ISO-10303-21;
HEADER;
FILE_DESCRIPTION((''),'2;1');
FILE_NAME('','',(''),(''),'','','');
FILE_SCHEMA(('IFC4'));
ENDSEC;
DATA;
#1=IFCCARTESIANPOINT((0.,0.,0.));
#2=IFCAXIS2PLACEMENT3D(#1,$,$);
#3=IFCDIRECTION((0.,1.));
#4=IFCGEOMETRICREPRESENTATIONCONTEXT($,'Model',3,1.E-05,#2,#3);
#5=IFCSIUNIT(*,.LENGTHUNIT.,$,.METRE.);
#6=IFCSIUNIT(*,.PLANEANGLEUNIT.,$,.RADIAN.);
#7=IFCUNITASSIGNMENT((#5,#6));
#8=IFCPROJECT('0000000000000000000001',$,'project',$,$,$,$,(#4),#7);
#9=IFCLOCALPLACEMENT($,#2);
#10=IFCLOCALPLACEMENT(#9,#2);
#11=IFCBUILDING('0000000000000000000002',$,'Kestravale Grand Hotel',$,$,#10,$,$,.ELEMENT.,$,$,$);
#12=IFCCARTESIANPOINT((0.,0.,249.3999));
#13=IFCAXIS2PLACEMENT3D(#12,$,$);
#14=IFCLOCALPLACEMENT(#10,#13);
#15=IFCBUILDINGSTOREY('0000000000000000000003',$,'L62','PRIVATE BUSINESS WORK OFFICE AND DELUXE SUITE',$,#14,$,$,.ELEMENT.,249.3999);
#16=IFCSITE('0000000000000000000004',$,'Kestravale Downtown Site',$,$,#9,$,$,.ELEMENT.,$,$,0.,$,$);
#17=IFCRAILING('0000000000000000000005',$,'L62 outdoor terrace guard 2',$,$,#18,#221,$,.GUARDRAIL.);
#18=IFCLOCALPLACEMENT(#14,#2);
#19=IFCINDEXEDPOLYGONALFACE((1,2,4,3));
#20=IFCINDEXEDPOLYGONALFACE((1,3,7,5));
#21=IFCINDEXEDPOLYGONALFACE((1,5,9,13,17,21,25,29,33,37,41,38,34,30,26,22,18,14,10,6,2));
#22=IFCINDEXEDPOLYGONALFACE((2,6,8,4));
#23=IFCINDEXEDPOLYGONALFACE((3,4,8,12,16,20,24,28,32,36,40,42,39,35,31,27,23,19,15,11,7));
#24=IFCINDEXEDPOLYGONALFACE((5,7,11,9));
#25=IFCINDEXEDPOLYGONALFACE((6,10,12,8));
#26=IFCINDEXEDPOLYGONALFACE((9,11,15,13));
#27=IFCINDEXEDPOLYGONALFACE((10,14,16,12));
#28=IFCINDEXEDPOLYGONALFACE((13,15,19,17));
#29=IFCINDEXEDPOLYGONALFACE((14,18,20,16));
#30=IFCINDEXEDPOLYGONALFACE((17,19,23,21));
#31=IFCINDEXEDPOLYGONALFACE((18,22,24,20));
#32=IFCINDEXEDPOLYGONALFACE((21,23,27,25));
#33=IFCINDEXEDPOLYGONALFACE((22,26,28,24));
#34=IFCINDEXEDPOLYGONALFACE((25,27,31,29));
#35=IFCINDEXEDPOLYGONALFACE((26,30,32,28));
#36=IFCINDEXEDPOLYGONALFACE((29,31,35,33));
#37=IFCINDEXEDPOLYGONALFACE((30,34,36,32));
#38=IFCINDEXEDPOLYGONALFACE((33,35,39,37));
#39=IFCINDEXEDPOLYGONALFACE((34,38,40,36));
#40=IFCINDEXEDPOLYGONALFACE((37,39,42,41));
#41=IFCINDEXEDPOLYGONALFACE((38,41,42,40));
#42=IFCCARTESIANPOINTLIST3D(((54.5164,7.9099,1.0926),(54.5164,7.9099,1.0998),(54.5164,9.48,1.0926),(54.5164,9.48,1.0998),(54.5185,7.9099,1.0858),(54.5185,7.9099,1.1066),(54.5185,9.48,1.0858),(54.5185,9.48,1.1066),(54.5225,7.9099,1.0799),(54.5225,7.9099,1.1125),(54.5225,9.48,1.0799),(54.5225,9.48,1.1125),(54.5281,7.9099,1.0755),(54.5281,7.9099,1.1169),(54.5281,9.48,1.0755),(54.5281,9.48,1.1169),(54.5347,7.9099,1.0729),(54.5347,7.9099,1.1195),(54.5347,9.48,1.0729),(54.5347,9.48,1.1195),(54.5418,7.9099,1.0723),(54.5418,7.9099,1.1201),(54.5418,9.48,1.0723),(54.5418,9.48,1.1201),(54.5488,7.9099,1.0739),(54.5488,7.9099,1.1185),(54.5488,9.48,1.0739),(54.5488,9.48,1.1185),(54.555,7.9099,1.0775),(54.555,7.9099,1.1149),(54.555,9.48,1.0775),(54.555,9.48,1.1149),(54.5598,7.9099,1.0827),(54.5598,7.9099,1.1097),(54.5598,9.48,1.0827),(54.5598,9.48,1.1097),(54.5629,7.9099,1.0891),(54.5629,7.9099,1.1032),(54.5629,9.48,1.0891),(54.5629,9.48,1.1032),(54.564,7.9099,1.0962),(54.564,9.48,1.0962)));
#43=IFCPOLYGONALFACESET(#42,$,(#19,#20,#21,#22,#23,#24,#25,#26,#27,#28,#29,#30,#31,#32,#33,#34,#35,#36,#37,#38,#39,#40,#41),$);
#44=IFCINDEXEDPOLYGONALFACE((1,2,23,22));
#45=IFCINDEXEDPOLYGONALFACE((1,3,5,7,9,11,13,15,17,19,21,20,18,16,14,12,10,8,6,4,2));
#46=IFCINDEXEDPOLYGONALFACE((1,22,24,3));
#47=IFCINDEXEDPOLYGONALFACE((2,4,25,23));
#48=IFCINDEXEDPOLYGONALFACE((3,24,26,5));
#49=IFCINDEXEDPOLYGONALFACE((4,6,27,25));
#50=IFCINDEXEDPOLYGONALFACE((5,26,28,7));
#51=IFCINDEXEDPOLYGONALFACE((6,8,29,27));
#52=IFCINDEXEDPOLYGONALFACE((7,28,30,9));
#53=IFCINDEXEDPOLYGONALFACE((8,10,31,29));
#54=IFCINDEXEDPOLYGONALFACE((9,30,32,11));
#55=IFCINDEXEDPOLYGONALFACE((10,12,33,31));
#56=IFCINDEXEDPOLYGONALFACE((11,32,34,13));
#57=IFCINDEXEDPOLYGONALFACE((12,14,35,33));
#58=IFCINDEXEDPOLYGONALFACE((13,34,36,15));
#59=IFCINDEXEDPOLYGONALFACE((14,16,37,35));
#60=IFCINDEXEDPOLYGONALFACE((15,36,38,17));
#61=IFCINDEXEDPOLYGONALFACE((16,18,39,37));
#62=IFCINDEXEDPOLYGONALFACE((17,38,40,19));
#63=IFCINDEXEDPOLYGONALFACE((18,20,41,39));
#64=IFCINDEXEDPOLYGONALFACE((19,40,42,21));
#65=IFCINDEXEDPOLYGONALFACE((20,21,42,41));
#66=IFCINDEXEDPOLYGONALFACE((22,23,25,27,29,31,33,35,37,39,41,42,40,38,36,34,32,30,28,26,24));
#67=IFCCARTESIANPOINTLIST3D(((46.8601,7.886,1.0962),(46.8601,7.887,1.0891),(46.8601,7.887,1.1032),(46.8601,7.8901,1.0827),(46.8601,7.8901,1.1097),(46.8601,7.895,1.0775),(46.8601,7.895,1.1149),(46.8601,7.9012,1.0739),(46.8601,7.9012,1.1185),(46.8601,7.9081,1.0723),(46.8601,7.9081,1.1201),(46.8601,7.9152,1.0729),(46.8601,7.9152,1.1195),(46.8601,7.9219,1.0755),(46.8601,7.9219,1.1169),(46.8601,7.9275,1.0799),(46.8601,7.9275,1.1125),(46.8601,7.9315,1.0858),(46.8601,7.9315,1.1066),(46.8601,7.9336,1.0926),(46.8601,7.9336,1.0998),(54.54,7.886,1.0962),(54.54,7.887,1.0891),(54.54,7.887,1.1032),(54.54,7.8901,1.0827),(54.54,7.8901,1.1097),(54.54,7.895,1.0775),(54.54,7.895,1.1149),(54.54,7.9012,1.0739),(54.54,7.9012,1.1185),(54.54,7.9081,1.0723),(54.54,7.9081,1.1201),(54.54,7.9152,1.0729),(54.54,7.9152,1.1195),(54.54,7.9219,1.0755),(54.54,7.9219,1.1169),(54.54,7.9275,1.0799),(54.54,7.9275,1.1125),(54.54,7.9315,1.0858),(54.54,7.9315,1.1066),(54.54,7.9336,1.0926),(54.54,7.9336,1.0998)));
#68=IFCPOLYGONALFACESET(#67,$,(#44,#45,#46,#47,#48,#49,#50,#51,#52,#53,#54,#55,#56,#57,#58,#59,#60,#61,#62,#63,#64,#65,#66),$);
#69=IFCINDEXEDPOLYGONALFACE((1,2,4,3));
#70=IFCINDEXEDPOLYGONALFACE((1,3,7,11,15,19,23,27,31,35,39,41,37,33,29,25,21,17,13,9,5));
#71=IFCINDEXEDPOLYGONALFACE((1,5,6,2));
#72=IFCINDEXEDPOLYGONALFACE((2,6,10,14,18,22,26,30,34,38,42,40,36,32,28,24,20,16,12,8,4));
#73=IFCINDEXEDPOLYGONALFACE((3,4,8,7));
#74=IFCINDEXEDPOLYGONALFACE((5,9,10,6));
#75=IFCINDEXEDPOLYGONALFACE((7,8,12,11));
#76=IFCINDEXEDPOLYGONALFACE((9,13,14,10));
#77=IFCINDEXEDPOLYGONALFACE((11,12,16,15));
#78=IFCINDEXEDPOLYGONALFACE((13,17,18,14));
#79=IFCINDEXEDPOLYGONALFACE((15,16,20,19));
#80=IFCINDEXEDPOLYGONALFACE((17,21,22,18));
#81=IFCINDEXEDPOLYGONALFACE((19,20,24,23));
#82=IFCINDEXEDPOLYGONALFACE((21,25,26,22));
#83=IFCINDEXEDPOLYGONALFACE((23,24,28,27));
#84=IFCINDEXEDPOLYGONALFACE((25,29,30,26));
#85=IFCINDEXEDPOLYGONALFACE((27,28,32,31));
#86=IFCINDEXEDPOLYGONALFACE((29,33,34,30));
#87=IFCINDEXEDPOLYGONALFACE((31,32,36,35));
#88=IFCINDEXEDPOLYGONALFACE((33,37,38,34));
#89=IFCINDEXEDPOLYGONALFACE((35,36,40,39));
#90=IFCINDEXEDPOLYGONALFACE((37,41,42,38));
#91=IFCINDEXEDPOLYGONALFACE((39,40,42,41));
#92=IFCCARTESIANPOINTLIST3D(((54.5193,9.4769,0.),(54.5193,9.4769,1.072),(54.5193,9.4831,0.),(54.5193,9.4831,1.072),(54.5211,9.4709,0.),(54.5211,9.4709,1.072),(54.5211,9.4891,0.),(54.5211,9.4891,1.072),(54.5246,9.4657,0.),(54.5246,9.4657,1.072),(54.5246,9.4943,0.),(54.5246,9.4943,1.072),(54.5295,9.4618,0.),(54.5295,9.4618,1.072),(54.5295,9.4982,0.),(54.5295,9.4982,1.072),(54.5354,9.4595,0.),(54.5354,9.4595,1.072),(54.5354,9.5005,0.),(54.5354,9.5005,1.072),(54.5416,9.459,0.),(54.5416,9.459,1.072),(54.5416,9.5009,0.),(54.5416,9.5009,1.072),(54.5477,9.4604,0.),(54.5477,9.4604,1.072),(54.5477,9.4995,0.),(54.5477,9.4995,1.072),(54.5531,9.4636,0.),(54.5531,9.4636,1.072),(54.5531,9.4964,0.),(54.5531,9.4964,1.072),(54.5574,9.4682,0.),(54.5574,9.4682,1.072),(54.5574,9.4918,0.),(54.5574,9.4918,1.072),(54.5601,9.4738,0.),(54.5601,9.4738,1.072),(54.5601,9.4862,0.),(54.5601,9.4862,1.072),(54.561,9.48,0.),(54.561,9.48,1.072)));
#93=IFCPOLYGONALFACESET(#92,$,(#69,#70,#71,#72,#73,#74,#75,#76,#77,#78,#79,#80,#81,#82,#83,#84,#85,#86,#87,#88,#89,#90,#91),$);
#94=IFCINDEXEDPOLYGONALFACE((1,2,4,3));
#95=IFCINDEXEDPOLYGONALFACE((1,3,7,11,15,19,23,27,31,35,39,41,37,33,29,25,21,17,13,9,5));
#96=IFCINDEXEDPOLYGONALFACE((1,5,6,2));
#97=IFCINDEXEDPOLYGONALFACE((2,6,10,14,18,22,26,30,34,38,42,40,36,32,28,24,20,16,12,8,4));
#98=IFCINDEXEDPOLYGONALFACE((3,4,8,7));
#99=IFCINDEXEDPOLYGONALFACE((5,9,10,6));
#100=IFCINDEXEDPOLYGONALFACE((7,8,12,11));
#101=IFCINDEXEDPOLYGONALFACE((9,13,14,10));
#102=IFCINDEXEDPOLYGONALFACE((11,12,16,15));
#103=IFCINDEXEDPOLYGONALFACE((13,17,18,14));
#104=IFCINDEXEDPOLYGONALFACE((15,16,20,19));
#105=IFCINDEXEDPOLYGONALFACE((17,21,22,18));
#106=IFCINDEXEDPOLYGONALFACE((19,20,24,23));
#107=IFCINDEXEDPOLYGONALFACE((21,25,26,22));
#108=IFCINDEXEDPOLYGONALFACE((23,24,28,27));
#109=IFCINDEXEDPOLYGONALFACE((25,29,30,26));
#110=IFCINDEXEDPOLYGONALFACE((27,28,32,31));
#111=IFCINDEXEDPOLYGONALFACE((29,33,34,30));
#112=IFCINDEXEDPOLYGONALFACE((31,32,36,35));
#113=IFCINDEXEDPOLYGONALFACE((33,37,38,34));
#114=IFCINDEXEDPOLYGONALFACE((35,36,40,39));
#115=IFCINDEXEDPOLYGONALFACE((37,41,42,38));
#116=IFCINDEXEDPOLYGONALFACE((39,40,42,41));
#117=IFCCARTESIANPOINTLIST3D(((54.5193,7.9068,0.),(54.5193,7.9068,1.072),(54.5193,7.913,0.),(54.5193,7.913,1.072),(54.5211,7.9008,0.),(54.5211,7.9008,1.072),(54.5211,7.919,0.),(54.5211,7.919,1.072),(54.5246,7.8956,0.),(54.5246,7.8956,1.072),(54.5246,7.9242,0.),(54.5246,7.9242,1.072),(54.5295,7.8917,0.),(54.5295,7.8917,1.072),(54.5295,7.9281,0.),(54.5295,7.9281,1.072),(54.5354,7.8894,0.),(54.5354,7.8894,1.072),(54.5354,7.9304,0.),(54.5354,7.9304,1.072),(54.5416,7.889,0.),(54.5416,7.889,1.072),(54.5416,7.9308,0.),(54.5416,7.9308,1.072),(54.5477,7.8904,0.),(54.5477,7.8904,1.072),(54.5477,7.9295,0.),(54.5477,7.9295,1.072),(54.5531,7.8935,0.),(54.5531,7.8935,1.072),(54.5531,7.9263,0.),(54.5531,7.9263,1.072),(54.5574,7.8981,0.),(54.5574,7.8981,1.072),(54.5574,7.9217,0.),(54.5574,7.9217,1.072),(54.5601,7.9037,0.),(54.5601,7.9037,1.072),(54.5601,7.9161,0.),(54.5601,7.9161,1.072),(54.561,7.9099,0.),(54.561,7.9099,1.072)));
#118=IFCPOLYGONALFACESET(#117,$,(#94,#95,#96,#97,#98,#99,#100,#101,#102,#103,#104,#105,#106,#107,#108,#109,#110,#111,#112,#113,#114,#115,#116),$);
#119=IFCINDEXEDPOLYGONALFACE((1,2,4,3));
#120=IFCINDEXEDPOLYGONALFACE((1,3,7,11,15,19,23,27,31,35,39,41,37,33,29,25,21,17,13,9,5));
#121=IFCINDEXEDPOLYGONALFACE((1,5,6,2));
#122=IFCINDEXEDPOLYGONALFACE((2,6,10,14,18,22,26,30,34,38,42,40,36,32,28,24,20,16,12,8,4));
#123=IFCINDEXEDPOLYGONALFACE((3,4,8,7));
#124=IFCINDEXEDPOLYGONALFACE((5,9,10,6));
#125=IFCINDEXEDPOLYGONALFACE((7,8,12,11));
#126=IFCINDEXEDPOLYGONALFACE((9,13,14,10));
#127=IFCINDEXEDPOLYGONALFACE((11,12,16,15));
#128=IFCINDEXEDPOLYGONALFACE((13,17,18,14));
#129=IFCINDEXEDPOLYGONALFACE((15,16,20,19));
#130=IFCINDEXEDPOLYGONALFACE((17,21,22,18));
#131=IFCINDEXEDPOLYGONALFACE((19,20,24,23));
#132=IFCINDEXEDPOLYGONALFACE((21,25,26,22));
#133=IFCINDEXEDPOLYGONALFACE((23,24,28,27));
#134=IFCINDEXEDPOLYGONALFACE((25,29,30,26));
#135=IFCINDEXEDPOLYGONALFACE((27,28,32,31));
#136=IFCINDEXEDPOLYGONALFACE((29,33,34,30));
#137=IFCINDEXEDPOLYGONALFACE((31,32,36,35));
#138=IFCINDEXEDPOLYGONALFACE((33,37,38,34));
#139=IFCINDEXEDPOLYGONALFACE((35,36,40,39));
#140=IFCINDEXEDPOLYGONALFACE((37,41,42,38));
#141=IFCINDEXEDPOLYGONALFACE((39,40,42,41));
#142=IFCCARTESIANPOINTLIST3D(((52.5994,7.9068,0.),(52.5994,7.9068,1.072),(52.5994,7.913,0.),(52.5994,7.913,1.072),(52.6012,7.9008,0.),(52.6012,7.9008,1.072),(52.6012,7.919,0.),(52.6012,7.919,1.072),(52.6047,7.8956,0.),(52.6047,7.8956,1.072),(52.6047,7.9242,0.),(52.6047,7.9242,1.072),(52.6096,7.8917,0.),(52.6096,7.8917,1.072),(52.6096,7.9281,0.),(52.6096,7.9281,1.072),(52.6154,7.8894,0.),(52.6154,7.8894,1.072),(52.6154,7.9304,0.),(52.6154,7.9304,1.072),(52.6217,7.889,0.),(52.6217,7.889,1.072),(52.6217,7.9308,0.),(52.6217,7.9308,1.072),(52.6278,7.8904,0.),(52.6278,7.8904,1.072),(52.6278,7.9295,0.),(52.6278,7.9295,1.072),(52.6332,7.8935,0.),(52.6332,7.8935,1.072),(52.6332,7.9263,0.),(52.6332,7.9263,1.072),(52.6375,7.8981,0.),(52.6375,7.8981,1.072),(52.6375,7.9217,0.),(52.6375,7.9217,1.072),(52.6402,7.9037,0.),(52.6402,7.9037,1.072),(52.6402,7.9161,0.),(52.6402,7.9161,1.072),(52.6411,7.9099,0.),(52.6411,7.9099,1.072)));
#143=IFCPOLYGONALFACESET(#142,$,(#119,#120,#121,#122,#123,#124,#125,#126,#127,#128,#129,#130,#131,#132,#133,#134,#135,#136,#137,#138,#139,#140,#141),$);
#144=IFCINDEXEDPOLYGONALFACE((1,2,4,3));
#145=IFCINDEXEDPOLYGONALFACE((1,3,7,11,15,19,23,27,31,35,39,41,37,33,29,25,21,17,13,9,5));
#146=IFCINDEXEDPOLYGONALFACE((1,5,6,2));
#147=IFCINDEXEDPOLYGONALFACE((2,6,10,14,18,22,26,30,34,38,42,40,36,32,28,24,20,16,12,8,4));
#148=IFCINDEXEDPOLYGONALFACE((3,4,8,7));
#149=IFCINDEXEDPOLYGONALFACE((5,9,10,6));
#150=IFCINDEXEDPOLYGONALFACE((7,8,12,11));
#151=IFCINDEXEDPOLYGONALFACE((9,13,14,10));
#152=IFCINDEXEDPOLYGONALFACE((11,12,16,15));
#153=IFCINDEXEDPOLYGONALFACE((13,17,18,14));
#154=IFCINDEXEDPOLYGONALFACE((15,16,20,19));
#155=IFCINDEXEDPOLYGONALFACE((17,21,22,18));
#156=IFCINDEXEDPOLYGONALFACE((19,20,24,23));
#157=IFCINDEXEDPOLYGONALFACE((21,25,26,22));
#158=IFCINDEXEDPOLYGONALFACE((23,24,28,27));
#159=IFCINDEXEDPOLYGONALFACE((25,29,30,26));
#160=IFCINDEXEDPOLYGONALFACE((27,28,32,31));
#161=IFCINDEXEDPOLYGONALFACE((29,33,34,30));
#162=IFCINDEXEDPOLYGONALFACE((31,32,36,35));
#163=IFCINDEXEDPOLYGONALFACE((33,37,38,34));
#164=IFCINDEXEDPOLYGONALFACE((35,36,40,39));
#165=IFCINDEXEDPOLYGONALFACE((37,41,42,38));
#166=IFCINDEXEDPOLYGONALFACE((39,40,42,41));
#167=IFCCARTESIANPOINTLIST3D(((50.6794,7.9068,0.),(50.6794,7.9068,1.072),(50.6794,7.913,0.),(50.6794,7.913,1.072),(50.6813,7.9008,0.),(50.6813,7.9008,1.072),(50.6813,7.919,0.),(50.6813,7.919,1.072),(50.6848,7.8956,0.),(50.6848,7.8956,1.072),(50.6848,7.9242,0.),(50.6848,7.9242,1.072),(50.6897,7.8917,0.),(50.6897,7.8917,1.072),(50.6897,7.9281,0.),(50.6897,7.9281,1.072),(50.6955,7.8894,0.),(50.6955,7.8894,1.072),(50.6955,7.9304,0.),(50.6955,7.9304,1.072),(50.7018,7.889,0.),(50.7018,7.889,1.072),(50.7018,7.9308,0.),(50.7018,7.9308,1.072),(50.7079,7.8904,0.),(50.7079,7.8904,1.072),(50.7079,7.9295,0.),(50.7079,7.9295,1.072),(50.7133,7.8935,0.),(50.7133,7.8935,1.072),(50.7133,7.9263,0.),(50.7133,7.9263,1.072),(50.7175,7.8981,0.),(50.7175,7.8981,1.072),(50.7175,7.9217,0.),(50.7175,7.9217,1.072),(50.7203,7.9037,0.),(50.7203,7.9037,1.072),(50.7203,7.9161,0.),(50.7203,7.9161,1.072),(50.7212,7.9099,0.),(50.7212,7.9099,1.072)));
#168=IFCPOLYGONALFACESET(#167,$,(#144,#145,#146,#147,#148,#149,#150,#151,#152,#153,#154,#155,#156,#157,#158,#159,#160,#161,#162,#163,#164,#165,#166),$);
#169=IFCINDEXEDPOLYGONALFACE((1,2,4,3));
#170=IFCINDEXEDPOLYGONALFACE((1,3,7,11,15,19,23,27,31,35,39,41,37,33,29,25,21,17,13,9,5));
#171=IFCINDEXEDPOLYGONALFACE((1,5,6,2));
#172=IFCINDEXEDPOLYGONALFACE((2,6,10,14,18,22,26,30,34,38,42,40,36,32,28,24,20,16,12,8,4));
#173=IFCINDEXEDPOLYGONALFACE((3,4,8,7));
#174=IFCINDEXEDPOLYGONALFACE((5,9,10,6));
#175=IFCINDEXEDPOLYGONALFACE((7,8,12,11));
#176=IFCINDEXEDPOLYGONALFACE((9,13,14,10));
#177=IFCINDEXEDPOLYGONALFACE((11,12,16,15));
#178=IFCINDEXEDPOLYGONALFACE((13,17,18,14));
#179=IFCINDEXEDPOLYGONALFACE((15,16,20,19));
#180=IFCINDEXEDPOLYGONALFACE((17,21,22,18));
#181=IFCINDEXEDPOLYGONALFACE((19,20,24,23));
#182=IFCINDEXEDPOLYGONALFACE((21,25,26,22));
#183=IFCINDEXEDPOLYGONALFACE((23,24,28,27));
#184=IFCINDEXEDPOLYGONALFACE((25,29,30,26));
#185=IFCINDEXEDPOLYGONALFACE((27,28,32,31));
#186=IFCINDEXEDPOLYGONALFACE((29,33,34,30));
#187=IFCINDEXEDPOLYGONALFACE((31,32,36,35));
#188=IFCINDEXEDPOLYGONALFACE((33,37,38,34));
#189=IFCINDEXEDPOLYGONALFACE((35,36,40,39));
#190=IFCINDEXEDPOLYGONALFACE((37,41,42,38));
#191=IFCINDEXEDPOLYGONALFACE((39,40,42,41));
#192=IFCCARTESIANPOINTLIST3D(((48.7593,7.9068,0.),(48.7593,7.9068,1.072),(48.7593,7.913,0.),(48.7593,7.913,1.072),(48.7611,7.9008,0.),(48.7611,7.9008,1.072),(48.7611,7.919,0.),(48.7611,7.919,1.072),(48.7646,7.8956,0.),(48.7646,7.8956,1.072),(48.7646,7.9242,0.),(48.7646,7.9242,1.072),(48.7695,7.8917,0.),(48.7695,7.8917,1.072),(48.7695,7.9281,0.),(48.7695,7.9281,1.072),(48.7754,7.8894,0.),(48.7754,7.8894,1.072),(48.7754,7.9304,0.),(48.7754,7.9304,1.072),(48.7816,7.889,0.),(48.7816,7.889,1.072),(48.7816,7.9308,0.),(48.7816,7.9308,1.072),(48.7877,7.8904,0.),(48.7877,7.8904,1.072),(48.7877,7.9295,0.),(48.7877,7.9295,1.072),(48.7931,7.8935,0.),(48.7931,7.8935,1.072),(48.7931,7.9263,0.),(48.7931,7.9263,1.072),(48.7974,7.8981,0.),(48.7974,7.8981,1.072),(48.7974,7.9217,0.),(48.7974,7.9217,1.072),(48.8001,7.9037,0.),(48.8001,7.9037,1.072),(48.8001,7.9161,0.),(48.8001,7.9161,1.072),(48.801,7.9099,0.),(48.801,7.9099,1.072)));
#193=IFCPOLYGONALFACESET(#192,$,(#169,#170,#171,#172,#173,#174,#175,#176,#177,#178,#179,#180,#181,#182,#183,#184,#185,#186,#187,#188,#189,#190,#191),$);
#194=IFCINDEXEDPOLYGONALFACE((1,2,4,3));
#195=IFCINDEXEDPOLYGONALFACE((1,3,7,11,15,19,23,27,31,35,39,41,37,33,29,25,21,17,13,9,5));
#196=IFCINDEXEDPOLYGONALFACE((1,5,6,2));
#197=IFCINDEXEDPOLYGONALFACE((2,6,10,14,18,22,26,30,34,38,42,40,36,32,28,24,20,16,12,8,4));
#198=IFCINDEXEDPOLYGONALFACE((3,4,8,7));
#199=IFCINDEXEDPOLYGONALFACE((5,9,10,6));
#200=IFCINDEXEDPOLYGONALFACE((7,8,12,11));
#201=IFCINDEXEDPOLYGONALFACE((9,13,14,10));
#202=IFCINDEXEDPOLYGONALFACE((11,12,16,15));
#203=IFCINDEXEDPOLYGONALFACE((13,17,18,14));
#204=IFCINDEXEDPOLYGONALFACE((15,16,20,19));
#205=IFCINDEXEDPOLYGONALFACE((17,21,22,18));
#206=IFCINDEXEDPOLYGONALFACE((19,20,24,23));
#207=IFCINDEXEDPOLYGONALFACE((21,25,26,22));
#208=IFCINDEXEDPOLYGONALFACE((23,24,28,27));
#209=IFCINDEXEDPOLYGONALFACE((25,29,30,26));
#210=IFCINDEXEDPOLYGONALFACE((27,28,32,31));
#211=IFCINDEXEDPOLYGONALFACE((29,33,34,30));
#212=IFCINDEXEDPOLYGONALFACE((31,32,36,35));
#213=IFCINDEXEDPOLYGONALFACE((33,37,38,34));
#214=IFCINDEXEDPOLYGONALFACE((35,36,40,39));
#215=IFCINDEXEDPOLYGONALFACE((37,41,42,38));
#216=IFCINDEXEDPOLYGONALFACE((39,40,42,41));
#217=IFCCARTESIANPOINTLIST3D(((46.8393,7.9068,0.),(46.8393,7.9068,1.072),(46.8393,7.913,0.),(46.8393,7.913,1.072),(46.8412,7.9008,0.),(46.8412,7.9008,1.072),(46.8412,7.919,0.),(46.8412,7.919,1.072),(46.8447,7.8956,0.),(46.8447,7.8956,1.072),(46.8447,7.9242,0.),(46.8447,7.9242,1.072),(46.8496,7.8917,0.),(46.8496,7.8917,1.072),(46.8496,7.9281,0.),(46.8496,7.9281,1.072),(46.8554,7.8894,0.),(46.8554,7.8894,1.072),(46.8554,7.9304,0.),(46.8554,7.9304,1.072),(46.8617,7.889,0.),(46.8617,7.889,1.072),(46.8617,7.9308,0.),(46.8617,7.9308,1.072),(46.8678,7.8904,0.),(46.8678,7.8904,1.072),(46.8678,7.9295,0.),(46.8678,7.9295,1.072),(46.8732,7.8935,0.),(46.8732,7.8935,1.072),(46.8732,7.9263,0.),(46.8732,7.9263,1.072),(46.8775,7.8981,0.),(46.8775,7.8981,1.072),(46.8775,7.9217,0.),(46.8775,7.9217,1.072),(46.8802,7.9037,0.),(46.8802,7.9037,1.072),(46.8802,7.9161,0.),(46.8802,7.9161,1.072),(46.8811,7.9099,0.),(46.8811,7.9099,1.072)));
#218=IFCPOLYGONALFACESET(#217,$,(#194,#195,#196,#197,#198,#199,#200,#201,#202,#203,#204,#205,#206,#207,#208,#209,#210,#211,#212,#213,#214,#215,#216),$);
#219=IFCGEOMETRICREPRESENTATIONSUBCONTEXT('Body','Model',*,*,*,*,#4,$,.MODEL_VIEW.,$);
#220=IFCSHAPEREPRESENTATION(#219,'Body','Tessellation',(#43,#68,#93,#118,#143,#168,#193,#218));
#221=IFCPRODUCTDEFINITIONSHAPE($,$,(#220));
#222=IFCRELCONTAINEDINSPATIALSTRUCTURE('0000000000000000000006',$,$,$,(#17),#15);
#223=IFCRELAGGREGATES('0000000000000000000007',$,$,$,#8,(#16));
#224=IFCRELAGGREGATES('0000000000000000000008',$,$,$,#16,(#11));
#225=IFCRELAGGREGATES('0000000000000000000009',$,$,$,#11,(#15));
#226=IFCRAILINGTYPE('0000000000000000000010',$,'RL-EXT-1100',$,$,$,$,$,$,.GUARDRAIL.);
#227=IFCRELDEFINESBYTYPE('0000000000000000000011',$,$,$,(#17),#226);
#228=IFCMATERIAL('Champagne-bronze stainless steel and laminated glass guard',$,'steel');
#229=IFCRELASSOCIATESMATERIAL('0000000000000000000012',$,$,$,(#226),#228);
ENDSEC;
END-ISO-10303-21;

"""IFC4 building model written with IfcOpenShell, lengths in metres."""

from ifc_helpers import new_model, si_unit, direction, frame, origin, origin_2d, place, context, subcontext, project, spatial, circle, extrude, material, type_object, element, save


model = new_model("IFC4")

# Units and contexts
model_context = context("Model", 3, precision=1e-05, world=origin(), true_north=direction((0.0, 1.0)))
body_context = subcontext(model_context, "Body", "Model", "MODEL_VIEW")
ifc_project = project(units=[si_unit("LENGTHUNIT", "METRE"), si_unit("PLANEANGLEUNIT", "RADIAN")], contexts=[model_context])

# Site, building, storey
site_placement = place(None, origin())
site = spatial("IfcSite", under=ifc_project, at=site_placement, Name="Kestravale Downtown Site", CompositionType="ELEMENT", RefElevation=0.0)
building_placement = place(site_placement, origin())
building = spatial("IfcBuilding", under=site, at=building_placement, Name="Kestravale Grand Hotel", CompositionType="ELEMENT")
storey_placement = place(building_placement, frame((0.0, 0.0, 249.3999)))
storey = spatial("IfcBuildingStorey", under=building, at=storey_placement, Name="L62", Description="PRIVATE BUSINESS WORK OFFICE AND DELUXE SUITE", CompositionType="ELEMENT", Elevation=249.3999)

# Railing
ifc_material_1 = material(Name="Champagne-bronze stainless steel and laminated glass guard", Category="steel")
railing_type = type_object("IfcRailingType", Name="RL-EXT-1100", PredefinedType="GUARDRAIL", material=ifc_material_1)
railing_1_placement = place(storey_placement, frame((54.54, 9.48, 0.0)))
element("IfcRailing", 1, at=railing_1_placement, inside=storey, type_object=railing_type, Name="L62 outdoor terrace guard 2", PredefinedType="GUARDRAIL", context=body_context, shape_type="SweptSolid", body=[
    extrude(circle(Radius=0.0239, at=origin_2d()), frame((0.0, 0.0, 1.0962), z_axis=(0.0, -1.0, 0.0), x_axis=(1.0, 0.0, 0.0)), (0.0, 0.0, 1.0), 1.5701),
    extrude(circle(Radius=0.0239, at=origin_2d()), frame((0.0, -1.5701, 1.0962), z_axis=(-1.0, 0.0, 0.0), x_axis=(0.0, -1.0, 0.0)), (0.0, 0.0, 1.0), 7.6799),
    extrude(circle(Radius=0.021, at=origin_2d()), origin(), (0.0, 0.0, 1.0), 1.072),
    extrude(circle(Radius=0.021, at=origin_2d()), frame((0.0, -1.5701, 0.0)), (0.0, 0.0, 1.0), 1.072),
    extrude(circle(Radius=0.021, at=origin_2d()), frame((-1.9199, -1.5701, 0.0)), (0.0, 0.0, 1.0), 1.072),
    extrude(circle(Radius=0.021, at=origin_2d()), frame((-3.8398, -1.5701, 0.0)), (0.0, 0.0, 1.0), 1.072),
    extrude(circle(Radius=0.021, at=origin_2d()), frame((-5.76, -1.5701, 0.0)), (0.0, 0.0, 1.0), 1.072),
    extrude(circle(Radius=0.021, at=origin_2d()), frame((-7.6799, -1.5701, 0.0)), (0.0, 0.0, 1.0), 1.072),
])

save(model, "model.ifc")
